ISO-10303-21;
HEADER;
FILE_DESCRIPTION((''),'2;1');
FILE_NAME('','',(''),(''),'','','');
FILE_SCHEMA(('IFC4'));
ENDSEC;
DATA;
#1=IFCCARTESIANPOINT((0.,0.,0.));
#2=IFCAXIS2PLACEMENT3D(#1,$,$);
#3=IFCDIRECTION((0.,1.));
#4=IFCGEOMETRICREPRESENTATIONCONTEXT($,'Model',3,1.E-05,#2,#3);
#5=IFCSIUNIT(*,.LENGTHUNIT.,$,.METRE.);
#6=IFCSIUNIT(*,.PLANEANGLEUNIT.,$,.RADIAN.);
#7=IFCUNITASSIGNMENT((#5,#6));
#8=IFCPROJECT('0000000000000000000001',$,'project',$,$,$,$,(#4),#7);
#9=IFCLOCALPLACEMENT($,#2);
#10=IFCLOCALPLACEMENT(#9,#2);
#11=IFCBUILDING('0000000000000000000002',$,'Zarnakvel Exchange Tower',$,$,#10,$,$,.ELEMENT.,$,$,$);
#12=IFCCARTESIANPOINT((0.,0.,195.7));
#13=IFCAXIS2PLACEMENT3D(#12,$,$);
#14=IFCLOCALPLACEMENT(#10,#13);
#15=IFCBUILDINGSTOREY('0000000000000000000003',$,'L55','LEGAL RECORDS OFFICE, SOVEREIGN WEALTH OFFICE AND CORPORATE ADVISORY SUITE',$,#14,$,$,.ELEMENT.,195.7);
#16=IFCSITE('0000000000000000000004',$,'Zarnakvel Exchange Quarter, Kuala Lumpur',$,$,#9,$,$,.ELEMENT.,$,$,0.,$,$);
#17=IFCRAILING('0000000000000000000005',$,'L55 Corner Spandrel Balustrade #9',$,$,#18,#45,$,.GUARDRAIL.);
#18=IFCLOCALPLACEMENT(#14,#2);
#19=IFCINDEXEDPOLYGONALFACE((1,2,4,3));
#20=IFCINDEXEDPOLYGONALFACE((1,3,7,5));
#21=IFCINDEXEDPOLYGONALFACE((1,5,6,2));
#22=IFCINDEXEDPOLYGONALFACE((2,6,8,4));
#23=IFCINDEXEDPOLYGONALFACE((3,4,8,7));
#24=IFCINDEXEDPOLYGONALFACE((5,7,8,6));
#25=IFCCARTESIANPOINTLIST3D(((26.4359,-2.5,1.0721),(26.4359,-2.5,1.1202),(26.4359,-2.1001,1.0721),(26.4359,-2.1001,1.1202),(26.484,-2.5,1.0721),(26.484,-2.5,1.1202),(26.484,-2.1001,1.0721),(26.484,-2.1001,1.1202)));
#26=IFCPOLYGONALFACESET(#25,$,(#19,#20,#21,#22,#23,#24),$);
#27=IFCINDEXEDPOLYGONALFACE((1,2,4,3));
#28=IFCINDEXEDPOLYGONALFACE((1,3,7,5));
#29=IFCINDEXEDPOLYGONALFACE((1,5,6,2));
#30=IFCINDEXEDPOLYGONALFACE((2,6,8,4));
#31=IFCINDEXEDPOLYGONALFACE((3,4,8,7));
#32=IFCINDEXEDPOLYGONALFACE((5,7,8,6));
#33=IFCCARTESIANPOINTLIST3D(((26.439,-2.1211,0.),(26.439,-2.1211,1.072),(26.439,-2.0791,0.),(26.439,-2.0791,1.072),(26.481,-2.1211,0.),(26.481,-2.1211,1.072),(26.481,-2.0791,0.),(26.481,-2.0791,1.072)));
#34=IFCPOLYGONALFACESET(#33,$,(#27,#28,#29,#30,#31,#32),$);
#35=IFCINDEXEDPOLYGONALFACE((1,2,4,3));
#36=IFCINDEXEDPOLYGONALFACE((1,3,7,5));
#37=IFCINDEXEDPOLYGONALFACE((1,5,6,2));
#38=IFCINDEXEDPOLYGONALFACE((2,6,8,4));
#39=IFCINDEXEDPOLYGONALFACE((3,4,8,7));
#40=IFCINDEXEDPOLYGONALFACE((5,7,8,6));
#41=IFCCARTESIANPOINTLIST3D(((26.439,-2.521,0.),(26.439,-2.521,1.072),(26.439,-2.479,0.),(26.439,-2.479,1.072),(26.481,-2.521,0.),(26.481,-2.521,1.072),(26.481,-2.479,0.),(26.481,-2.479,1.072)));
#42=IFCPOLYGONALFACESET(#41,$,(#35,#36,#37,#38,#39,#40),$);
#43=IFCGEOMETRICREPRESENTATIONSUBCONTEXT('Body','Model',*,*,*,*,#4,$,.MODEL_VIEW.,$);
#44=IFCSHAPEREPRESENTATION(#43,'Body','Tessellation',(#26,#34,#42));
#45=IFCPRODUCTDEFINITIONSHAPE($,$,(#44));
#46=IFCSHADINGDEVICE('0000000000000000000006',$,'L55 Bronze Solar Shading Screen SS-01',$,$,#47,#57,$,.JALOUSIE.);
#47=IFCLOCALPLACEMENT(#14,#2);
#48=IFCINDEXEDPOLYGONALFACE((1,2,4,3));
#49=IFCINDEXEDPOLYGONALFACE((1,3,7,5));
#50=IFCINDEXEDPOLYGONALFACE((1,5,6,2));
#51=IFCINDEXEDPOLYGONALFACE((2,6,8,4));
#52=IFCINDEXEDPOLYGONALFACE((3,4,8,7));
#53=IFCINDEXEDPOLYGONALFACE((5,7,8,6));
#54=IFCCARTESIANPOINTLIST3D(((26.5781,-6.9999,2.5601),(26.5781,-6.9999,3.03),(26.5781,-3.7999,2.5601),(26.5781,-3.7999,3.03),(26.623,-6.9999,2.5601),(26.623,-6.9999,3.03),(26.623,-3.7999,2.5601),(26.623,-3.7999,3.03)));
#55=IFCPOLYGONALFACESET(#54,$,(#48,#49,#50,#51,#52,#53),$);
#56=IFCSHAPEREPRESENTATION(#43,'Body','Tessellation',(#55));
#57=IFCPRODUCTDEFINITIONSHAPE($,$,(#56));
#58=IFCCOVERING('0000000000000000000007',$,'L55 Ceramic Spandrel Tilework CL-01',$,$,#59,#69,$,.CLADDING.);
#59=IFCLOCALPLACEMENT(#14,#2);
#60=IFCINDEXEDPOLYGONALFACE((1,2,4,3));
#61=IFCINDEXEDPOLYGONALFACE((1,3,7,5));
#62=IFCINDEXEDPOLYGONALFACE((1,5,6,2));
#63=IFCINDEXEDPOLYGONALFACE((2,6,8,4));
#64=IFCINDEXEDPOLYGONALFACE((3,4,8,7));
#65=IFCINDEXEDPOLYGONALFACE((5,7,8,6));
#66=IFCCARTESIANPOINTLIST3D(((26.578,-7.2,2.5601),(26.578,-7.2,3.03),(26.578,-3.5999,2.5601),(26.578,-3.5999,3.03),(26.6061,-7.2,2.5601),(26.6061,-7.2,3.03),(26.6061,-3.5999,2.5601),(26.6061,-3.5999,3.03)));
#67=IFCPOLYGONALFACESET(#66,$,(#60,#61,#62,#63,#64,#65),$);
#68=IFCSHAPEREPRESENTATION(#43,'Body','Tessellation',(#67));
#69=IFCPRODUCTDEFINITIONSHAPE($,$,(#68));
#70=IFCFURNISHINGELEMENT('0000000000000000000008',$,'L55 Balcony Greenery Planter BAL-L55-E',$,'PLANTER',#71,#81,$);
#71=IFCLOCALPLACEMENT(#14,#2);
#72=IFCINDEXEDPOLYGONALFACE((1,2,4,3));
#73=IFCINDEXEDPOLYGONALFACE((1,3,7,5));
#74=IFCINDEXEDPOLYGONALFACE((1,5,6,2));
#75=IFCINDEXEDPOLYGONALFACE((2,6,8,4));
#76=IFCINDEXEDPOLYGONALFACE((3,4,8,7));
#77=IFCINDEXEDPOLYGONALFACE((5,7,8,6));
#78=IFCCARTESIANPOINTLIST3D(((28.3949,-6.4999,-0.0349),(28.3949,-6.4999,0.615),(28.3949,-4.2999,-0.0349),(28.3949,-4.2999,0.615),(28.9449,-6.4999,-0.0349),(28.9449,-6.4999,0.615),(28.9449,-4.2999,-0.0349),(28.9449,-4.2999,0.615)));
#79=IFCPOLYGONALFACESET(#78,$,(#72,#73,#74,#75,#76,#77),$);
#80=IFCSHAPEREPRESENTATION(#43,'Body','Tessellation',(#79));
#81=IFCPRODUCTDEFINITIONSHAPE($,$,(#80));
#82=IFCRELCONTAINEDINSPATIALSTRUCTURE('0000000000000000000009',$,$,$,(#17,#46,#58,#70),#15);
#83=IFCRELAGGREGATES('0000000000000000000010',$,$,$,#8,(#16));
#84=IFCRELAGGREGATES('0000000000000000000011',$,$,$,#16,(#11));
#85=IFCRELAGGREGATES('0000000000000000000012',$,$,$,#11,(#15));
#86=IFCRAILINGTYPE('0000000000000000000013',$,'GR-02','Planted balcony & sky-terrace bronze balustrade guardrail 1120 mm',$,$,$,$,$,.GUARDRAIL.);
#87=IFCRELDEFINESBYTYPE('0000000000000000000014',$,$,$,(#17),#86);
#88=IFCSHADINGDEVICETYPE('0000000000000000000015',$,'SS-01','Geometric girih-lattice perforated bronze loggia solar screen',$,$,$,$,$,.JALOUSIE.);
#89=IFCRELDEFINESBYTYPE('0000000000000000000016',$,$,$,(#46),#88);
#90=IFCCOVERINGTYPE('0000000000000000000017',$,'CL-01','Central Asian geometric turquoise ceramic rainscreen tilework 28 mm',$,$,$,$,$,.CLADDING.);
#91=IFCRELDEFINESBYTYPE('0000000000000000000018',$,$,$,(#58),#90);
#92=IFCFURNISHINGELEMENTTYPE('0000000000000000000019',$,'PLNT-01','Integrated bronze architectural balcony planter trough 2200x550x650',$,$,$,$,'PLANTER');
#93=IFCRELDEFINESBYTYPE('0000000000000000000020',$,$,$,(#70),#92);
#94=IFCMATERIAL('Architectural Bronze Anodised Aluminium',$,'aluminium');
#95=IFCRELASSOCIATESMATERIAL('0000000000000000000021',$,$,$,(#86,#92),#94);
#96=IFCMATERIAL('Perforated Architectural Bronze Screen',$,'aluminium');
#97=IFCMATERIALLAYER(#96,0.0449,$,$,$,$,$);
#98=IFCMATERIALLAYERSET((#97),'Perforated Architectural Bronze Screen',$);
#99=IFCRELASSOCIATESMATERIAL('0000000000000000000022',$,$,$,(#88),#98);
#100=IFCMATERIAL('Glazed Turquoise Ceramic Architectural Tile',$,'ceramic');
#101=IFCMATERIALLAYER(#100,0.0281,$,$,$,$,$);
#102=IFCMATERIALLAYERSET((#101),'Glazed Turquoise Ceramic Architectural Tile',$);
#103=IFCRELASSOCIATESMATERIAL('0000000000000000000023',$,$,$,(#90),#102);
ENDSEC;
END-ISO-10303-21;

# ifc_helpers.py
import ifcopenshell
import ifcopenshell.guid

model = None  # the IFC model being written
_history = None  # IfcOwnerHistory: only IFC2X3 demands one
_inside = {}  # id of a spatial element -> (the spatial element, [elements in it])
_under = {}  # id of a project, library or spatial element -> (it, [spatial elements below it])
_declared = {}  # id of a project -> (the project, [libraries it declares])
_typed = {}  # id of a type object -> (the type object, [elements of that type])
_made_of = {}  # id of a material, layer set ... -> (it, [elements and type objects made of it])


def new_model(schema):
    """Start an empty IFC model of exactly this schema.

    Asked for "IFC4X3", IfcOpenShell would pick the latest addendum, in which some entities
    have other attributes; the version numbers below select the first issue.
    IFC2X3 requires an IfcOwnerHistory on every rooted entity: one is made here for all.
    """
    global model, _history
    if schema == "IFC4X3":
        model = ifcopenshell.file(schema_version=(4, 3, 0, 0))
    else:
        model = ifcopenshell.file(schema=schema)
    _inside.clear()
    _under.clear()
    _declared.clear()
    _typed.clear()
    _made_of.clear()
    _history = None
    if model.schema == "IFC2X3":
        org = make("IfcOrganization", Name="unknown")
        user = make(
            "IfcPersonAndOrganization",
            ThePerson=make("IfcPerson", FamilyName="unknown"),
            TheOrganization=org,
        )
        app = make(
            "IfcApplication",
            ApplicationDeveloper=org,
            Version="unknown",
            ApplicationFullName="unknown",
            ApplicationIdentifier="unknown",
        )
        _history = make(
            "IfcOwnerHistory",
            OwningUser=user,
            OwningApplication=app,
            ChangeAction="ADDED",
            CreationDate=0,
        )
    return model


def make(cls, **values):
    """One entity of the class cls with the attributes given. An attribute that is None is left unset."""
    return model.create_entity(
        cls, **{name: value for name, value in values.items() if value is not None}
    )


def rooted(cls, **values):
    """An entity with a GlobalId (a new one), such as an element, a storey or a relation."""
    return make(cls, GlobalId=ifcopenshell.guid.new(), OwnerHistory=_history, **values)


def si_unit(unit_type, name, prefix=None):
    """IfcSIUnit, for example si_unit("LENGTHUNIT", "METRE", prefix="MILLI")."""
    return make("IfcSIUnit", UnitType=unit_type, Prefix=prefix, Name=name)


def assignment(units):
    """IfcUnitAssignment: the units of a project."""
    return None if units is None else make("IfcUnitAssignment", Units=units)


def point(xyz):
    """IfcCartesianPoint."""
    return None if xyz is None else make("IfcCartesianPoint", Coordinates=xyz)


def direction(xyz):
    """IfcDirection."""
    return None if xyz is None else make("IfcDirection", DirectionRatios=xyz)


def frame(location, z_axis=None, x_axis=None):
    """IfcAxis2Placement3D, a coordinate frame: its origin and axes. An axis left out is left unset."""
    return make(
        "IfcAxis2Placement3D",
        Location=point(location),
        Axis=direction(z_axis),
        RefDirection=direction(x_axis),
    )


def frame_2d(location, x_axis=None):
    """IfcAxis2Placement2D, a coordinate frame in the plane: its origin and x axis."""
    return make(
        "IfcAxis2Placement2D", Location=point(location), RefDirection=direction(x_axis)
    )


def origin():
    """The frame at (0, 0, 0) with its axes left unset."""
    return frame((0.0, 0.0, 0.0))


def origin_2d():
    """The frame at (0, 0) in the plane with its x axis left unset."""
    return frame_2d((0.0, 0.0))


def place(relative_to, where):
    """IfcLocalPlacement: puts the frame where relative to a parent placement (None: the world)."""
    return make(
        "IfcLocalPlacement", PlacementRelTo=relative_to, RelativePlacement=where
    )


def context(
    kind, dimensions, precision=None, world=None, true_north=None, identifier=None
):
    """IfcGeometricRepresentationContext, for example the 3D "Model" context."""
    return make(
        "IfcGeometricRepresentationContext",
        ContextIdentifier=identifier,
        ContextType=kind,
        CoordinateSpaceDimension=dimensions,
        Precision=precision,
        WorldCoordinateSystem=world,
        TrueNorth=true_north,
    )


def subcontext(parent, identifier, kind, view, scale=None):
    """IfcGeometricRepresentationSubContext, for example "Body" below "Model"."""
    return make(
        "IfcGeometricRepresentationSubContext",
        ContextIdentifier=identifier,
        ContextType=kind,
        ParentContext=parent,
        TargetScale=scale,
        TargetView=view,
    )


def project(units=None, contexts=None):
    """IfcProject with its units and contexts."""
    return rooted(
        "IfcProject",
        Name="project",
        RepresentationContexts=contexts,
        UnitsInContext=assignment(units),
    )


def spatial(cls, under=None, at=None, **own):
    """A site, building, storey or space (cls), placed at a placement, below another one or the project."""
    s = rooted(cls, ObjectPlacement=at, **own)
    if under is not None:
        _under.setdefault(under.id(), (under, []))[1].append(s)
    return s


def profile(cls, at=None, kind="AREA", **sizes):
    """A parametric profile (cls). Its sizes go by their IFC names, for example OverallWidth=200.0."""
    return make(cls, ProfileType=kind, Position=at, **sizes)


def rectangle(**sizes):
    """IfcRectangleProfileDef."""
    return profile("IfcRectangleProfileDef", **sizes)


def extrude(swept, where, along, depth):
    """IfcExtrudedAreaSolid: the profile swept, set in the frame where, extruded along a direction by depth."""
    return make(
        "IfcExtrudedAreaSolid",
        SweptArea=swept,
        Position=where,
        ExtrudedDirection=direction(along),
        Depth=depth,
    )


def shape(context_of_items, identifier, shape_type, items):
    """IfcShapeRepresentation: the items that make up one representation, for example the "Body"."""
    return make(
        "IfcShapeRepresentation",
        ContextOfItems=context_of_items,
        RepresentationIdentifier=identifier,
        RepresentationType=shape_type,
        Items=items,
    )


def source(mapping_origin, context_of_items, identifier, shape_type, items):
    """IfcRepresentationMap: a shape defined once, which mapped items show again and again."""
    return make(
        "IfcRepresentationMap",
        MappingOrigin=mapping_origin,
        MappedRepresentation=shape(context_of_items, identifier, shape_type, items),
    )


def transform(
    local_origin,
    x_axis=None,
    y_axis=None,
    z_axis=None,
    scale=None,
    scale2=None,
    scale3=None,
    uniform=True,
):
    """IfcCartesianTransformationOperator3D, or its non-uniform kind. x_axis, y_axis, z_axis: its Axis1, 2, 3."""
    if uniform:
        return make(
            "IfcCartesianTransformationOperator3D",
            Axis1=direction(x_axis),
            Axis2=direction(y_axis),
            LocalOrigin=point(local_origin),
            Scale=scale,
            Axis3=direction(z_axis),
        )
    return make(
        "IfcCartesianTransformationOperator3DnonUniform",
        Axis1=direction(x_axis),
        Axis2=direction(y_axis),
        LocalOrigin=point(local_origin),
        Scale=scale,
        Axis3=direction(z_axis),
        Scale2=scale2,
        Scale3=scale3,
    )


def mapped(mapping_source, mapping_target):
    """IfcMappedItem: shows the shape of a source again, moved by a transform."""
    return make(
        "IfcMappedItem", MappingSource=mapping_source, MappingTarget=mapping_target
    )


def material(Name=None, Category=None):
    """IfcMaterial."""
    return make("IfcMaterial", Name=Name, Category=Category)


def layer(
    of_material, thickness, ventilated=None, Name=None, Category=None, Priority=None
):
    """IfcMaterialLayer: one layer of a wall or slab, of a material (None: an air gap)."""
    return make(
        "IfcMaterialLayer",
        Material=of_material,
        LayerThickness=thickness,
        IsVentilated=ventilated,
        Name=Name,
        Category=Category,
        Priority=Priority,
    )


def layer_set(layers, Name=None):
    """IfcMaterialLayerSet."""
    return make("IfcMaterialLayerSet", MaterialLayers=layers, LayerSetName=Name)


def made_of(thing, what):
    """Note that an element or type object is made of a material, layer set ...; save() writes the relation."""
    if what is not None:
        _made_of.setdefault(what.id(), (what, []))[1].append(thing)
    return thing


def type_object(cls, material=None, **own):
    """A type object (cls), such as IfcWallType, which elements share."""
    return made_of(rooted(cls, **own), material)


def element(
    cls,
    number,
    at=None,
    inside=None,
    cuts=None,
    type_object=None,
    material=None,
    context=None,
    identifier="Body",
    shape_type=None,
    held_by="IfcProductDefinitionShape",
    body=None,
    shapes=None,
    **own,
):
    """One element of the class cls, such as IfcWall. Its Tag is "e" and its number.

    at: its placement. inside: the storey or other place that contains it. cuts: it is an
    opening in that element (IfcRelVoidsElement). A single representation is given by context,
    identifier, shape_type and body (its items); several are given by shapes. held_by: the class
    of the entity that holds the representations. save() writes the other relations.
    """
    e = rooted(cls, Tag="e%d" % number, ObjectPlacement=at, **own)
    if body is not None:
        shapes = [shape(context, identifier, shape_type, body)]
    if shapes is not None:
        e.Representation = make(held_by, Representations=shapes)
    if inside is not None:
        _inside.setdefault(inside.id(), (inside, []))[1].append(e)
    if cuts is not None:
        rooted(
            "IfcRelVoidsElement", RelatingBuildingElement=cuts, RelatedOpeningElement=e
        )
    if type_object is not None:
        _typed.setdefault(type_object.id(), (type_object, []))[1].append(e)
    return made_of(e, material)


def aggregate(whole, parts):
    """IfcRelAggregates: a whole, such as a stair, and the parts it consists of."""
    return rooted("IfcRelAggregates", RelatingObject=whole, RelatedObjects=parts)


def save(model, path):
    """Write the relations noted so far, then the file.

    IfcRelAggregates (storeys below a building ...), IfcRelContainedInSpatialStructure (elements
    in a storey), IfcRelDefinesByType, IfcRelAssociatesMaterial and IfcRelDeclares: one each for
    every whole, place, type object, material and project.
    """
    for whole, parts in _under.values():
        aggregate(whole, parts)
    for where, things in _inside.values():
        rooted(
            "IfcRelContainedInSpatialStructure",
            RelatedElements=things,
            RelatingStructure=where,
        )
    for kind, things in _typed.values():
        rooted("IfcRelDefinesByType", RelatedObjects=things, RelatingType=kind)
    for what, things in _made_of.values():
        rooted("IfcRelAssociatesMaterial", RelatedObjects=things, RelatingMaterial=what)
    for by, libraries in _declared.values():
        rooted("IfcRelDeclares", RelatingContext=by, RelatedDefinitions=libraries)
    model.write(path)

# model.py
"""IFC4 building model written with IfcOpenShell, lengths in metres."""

from ifc_helpers import new_model, si_unit, direction, frame, origin, origin_2d, place, context, subcontext, project, spatial, rectangle, extrude, source, transform, mapped, material, layer, layer_set, type_object, element, save


model = new_model("IFC4")

# Units and contexts
model_context = context("Model", 3, precision=1e-05, world=origin(), true_north=direction((0.0, 1.0)))
body_context = subcontext(model_context, "Body", "Model", "MODEL_VIEW")
ifc_project = project(units=[si_unit("LENGTHUNIT", "METRE"), si_unit("PLANEANGLEUNIT", "RADIAN")], contexts=[model_context])

# Site, building, storey
site_placement = place(None, origin())
site = spatial("IfcSite", under=ifc_project, at=site_placement, Name="Zarnakvel Exchange Quarter, Kuala Lumpur", CompositionType="ELEMENT", RefElevation=0.0)
building_placement = place(site_placement, origin())
building = spatial("IfcBuilding", under=site, at=building_placement, Name="Zarnakvel Exchange Tower", CompositionType="ELEMENT")
storey_placement = place(building_placement, frame((0.0, 0.0, 195.7)))
storey = spatial("IfcBuildingStorey", under=building, at=storey_placement, Name="L55", Description="LEGAL RECORDS OFFICE, SOVEREIGN WEALTH OFFICE AND CORPORATE ADVISORY SUITE", CompositionType="ELEMENT", Elevation=195.7)

# Shared definitions
ifc_material_1 = material(Name="Architectural Bronze Anodised Aluminium", Category="aluminium")

# Railing
railing_type = type_object("IfcRailingType", Name="GR-02", Description="Planted balcony & sky-terrace bronze balustrade guardrail 1120 mm", PredefinedType="GUARDRAIL", material=ifc_material_1)
railing_1_placement = place(storey_placement, frame((26.46, -2.1001, 0.0)))
element("IfcRailing", 1, at=railing_1_placement, inside=storey, type_object=railing_type, Name="L55 Corner Spandrel Balustrade #9", PredefinedType="GUARDRAIL", context=body_context, shape_type="SweptSolid", body=[
    extrude(rectangle(XDim=0.0481, YDim=0.0481, at=origin_2d()), frame((0.0, 0.0, 1.0962), z_axis=(0.0, -1.0, 0.0), x_axis=(1.0, 0.0, 0.0)), (0.0, 0.0, 1.0), 0.3999),
    extrude(rectangle(XDim=0.042, YDim=0.042, at=origin_2d()), origin(), (0.0, 0.0, 1.0), 1.072),
    extrude(rectangle(XDim=0.042, YDim=0.042, at=origin_2d()), frame((0.0, -0.3999, 0.0)), (0.0, 0.0, 1.0), 1.072),
])

# Shading device
ifc_material_2 = material(Name="Perforated Architectural Bronze Screen", Category="aluminium")
ifc_layer_1 = layer(ifc_material_2, 0.0449)
ifc_layer_set_1 = layer_set([ifc_layer_1], Name="Perforated Architectural Bronze Screen")
shading_device_type = type_object("IfcShadingDeviceType", Name="SS-01", Description="Geometric girih-lattice perforated bronze loggia solar screen", PredefinedType="JALOUSIE", material=ifc_layer_set_1)
shared_shape_1 = source(origin(), body_context, "Body", "SweptSolid", [
    extrude(rectangle(XDim=3.2, YDim=0.0449, at=origin_2d()), origin(), (0.0, 0.0, 1.0), 0.47),
])
shading_device_placement = place(storey_placement, frame((26.6006, -5.3999, 2.5601), z_axis=(0.0, 0.0, 1.0), x_axis=(0.0, -1.0, 0.0)))
element("IfcShadingDevice", 2, at=shading_device_placement, inside=storey, type_object=shading_device_type, Name="L55 Bronze Solar Shading Screen SS-01", PredefinedType="JALOUSIE", context=body_context, shape_type="MappedRepresentation", body=[
    mapped(shared_shape_1, transform((0.0, 0.0, 0.0), x_axis=(1.0, 0.0, 0.0), y_axis=(0.0, 1.0, 0.0), z_axis=(0.0, 0.0, 1.0), scale=1.0)),
])

# Covering
ifc_material_3 = material(Name="Glazed Turquoise Ceramic Architectural Tile", Category="ceramic")
ifc_layer_2 = layer(ifc_material_3, 0.0281)
ifc_layer_set_2 = layer_set([ifc_layer_2], Name="Glazed Turquoise Ceramic Architectural Tile")
covering_type = type_object("IfcCoveringType", Name="CL-01", Description="Central Asian geometric turquoise ceramic rainscreen tilework 28 mm", PredefinedType="CLADDING", material=ifc_layer_set_2)
shared_shape_2 = source(origin(), body_context, "Body", "SweptSolid", [
    extrude(rectangle(XDim=3.6001, YDim=0.0281, at=origin_2d()), origin(), (0.0, 0.0, 1.0), 0.47),
])
covering_placement = place(storey_placement, frame((26.592, -5.3999, 2.5601), z_axis=(0.0, 0.0, 1.0), x_axis=(0.0, -1.0, 0.0)))
element("IfcCovering", 3, at=covering_placement, inside=storey, type_object=covering_type, Name="L55 Ceramic Spandrel Tilework CL-01", PredefinedType="CLADDING", context=body_context, shape_type="MappedRepresentation", body=[
    mapped(shared_shape_2, transform((0.0, 0.0, 0.0), x_axis=(1.0, 0.0, 0.0), y_axis=(0.0, 1.0, 0.0), z_axis=(0.0, 0.0, 1.0), scale=1.0)),
])

# Furnishing element
furnishing_element_type = type_object("IfcFurnishingElementType", Name="PLNT-01", Description="Integrated bronze architectural balcony planter trough 2200x550x650", ElementType="PLANTER", material=ifc_material_1)
shared_shape_3 = source(origin(), body_context, "Body", "SweptSolid", [
    extrude(rectangle(XDim=2.2, YDim=0.55, at=origin_2d()), origin(), (0.0, 0.0, 1.0), 0.6499),
])
furnishing_placement = place(storey_placement, frame((28.6699, -5.3999, -0.0349), z_axis=(0.0, 0.0, 1.0), x_axis=(0.0, 1.0, 0.0)))
element("IfcFurnishingElement", 4, at=furnishing_placement, inside=storey, type_object=furnishing_element_type, Name="L55 Balcony Greenery Planter BAL-L55-E", ObjectType="PLANTER", context=body_context, shape_type="MappedRepresentation", body=[
    mapped(shared_shape_3, transform((0.0, 0.0, 0.0), x_axis=(1.0, 0.0, 0.0), y_axis=(0.0, 1.0, 0.0), z_axis=(0.0, 0.0, 1.0), scale=1.0)),
])

save(model, "model.ifc")
